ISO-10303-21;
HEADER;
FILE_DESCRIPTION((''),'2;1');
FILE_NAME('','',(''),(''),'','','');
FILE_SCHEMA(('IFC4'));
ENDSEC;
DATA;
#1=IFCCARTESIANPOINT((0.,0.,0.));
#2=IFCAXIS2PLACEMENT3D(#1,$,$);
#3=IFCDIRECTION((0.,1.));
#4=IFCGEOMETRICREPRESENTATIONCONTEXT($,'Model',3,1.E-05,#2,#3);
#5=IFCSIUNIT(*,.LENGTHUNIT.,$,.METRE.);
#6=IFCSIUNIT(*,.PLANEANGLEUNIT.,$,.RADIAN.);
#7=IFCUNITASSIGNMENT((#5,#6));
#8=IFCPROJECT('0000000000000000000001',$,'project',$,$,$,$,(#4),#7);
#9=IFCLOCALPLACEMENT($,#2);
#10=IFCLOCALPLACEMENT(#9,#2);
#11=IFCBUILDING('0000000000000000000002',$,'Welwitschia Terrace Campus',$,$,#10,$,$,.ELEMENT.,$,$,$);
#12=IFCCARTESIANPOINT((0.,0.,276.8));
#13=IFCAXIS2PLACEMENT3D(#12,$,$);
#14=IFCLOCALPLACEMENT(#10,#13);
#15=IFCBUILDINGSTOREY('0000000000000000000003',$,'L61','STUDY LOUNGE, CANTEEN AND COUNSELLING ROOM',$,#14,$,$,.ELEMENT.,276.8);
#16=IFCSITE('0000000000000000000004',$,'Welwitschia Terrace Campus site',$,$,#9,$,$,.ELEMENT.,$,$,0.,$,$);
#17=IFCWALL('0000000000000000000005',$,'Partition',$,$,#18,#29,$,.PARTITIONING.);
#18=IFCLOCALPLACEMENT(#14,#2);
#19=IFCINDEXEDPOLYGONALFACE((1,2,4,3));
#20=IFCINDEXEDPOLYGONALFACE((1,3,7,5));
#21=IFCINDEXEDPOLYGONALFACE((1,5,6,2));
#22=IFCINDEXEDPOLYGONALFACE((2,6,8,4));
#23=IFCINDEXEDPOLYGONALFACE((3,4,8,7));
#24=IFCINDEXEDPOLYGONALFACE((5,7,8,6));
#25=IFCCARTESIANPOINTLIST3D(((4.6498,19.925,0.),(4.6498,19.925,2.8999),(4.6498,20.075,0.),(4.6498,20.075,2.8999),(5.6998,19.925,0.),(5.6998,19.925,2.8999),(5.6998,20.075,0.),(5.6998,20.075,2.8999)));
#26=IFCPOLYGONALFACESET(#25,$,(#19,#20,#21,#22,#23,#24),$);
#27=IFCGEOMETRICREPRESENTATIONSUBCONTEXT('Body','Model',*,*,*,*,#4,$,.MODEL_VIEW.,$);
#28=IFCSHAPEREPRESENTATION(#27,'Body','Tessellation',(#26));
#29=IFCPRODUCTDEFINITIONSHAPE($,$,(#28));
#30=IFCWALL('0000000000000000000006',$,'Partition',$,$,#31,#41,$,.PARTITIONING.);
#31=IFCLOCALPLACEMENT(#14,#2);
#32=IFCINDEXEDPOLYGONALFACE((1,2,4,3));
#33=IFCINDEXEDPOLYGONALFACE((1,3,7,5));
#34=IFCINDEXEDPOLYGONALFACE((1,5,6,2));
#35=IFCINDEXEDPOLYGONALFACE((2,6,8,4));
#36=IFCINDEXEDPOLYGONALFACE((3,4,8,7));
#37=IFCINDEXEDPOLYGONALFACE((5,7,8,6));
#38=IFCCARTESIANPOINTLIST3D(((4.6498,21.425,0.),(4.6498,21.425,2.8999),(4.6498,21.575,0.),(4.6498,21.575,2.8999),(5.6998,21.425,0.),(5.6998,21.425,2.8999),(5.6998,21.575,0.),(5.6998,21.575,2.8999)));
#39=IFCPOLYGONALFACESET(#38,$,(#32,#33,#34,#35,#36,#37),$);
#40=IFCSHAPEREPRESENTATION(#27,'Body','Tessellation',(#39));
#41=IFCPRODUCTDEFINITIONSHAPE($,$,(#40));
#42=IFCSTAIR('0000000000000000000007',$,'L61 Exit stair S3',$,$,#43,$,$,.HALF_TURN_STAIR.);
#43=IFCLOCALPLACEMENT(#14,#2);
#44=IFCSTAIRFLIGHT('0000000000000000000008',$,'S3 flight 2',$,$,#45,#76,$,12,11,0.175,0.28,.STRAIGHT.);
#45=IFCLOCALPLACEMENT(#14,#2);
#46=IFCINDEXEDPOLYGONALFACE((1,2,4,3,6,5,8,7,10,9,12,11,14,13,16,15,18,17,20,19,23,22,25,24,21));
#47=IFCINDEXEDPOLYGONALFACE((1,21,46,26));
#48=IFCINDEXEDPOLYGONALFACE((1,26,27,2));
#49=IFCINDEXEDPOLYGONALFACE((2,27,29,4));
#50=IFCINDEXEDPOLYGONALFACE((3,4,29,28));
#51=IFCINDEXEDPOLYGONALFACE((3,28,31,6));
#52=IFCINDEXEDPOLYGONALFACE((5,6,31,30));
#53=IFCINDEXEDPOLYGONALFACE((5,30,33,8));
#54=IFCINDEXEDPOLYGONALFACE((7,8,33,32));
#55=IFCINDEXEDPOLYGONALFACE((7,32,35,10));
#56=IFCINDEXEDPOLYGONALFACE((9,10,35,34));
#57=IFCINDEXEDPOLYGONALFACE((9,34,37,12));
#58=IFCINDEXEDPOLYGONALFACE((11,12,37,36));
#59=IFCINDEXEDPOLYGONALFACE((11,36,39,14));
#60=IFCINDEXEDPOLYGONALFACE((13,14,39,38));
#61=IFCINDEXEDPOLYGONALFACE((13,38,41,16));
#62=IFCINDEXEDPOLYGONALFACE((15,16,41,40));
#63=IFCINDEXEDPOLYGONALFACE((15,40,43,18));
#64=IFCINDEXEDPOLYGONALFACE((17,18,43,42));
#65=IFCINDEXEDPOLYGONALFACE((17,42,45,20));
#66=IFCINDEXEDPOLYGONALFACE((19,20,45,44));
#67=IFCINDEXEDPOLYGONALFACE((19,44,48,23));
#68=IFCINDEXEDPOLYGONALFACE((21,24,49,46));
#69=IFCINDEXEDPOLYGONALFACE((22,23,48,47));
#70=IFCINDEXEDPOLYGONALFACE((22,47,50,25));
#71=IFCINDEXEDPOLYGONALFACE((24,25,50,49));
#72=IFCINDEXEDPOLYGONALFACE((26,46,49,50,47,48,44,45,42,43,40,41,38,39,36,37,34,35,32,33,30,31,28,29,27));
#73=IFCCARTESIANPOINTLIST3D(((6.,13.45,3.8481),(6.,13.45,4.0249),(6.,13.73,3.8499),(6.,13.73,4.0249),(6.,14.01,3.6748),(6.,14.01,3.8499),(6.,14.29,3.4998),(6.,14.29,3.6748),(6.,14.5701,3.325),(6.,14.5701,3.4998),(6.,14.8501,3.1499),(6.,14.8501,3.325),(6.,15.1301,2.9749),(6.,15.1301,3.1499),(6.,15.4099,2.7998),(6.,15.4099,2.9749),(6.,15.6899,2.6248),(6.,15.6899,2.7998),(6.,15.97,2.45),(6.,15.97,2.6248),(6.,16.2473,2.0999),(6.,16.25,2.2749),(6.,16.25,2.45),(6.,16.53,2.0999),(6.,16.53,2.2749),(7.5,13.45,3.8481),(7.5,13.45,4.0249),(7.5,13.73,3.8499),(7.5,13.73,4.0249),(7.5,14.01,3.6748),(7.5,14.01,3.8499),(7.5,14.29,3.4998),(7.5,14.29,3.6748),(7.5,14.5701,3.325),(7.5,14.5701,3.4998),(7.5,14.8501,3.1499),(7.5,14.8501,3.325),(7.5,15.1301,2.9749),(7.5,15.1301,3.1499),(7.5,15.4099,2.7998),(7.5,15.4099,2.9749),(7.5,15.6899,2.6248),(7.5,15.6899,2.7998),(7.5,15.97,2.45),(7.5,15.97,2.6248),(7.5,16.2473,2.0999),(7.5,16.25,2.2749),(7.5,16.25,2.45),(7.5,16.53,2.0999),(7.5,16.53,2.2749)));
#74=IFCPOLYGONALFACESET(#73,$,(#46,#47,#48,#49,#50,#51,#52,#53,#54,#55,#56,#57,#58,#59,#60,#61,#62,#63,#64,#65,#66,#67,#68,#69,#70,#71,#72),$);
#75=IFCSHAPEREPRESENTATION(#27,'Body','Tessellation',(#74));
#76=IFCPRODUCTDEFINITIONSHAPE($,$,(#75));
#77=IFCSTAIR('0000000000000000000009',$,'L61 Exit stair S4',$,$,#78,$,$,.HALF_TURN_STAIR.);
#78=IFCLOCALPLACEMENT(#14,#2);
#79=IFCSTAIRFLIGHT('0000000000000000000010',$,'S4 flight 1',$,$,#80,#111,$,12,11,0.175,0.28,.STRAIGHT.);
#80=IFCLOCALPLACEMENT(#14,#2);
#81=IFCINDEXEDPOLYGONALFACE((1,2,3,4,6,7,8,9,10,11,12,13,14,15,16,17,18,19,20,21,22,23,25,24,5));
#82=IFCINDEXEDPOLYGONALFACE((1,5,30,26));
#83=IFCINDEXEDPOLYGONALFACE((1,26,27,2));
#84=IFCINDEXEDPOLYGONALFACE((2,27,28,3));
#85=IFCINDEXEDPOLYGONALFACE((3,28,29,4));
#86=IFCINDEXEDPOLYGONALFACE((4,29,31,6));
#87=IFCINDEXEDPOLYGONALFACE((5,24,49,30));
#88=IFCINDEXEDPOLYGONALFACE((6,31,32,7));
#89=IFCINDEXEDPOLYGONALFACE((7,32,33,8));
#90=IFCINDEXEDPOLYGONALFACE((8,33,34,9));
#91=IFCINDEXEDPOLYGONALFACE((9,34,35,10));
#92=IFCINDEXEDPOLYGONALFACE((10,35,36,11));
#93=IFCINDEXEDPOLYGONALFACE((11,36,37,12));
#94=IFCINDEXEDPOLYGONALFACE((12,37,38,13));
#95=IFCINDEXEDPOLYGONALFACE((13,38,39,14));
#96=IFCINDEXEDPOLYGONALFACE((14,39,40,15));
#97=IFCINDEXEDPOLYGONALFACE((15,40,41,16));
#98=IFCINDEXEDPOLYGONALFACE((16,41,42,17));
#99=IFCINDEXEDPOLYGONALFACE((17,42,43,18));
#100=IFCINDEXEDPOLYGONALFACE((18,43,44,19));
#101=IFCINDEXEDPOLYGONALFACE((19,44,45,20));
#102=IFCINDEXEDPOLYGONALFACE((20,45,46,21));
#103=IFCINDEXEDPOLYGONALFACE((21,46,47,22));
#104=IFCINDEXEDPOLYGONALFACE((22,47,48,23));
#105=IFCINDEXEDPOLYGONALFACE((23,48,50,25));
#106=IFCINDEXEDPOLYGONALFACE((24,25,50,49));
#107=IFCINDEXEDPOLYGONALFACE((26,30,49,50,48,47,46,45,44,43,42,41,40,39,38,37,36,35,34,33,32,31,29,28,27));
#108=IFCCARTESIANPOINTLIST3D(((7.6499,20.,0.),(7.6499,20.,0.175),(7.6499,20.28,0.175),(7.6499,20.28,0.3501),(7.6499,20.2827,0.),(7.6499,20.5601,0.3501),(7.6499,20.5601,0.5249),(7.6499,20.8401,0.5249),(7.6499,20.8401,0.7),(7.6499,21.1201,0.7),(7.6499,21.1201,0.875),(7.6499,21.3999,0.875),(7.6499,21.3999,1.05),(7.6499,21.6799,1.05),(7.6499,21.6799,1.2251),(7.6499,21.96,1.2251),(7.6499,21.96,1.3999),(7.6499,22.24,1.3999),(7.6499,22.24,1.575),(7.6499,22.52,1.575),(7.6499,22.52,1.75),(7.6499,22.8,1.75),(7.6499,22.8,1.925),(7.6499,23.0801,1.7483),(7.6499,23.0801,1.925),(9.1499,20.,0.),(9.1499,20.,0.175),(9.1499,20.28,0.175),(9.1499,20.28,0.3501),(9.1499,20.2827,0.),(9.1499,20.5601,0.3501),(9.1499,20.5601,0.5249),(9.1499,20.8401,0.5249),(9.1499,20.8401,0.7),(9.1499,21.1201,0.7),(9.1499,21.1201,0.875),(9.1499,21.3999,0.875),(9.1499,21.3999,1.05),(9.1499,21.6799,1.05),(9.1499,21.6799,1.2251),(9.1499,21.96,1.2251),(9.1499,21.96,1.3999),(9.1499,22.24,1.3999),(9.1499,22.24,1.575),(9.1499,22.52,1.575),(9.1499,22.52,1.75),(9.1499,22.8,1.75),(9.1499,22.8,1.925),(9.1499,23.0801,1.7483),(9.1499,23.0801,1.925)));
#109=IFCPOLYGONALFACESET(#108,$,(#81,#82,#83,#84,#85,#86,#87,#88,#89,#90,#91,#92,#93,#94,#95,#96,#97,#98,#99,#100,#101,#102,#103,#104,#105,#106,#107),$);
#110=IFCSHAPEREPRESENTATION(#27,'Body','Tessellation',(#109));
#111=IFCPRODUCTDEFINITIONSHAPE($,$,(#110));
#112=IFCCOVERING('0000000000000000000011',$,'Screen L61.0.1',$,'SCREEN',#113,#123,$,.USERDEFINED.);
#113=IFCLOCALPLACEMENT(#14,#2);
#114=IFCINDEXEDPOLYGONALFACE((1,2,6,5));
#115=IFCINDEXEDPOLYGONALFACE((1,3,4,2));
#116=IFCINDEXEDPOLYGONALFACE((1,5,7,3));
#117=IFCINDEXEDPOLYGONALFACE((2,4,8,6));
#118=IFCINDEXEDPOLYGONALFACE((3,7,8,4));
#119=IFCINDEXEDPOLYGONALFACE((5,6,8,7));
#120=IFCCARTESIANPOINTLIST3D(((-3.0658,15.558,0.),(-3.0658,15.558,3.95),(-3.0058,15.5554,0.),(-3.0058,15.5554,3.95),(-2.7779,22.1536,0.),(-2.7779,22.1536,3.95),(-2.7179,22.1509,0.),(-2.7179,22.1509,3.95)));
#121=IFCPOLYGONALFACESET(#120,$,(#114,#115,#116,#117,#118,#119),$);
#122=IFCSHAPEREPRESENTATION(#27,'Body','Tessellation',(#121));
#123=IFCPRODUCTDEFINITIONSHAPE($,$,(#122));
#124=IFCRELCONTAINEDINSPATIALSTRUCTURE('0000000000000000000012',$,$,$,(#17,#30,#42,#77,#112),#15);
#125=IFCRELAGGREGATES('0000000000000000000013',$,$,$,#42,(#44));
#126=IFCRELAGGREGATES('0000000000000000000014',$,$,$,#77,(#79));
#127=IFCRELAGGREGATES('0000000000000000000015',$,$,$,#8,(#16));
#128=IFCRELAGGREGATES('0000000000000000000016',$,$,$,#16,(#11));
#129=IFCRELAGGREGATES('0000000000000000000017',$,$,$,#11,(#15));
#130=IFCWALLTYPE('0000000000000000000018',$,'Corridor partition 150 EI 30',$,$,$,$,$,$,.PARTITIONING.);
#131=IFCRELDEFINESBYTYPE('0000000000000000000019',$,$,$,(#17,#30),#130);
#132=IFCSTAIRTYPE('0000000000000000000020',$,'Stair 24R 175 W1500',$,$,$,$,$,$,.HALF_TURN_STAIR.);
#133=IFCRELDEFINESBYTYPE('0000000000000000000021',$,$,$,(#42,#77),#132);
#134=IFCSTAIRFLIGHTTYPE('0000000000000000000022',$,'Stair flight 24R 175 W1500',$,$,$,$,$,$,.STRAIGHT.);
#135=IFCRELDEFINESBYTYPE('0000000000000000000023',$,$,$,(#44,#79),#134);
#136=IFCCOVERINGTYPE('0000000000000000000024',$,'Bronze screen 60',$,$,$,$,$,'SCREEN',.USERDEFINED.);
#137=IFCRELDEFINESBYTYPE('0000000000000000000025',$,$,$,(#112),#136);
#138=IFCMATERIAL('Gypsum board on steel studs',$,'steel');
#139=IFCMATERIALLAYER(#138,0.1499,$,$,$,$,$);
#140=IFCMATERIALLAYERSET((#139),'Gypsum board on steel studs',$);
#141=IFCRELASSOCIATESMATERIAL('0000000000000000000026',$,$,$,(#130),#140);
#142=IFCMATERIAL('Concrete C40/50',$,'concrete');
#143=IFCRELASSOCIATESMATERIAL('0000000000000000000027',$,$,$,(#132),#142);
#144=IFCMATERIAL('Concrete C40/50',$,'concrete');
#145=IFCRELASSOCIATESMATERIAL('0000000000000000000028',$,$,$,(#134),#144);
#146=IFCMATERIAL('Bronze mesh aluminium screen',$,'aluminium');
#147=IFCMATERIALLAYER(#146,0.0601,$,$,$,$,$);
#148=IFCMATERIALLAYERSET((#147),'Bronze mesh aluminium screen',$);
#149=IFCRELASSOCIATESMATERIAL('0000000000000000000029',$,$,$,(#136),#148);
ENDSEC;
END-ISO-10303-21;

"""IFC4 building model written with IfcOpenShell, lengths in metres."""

from ifc_helpers import new_model, si_unit, direction, frame, frame_2d, origin, origin_2d, place, context, subcontext, project, spatial, polyline, rectangle, outline, extrude, material, layer, layer_set, type_object, element, aggregate, save


model = new_model("IFC4")

# Units and contexts
model_context = context("Model", 3, precision=1e-05, world=origin(), true_north=direction((0.0, 1.0)))
body_context = subcontext(model_context, "Body", "Model", "MODEL_VIEW")
ifc_project = project(units=[si_unit("LENGTHUNIT", "METRE"), si_unit("PLANEANGLEUNIT", "RADIAN")], contexts=[model_context])

# Site, building, storey
site_placement = place(None, origin())
site = spatial("IfcSite", under=ifc_project, at=site_placement, Name="Welwitschia Terrace Campus site", CompositionType="ELEMENT", RefElevation=0.0)
building_placement = place(site_placement, origin())
building = spatial("IfcBuilding", under=site, at=building_placement, Name="Welwitschia Terrace Campus", CompositionType="ELEMENT")
storey_placement = place(building_placement, frame((0.0, 0.0, 276.8)))
storey = spatial("IfcBuildingStorey", under=building, at=storey_placement, Name="L61", Description="STUDY LOUNGE, CANTEEN AND COUNSELLING ROOM", CompositionType="ELEMENT", Elevation=276.8)

# Walls
ifc_material_1 = material(Name="Gypsum board on steel studs", Category="steel")
ifc_layer_1 = layer(ifc_material_1, 0.1499)
ifc_layer_set_1 = layer_set([ifc_layer_1], Name="Gypsum board on steel studs")
wall_type_1 = type_object("IfcWallType", Name="Corridor partition 150 EI 30", PredefinedType="PARTITIONING", material=ifc_layer_set_1)
for number, where, z_axis, x_axis, name in (
    (1, (4.6499, 20.0, 0.0), (0.0, 0.0, 1.0), (1.0, 0.0, 0.0), "Partition"),
    (2, (4.6499, 21.5, 0.0), (0.0, 0.0, 1.0), (1.0, 0.0, 0.0), "Partition"),
):
    element("IfcWall", number, at=place(storey_placement, frame(where, z_axis=z_axis, x_axis=x_axis)), inside=storey, type_object=wall_type_1, Name=name, PredefinedType="PARTITIONING", context=body_context, shape_type="SweptSolid", body=[
        extrude(rectangle(XDim=1.05, YDim=0.1499, at=frame_2d((0.5249, 0.0))), origin(), (0.0, 0.0, 1.0), 2.8999),
    ])

# Stairs, stair flights
ifc_material_2 = material(Name="Concrete C40/50", Category="concrete")
stair_type = type_object("IfcStairType", Name="Stair 24R 175 W1500", PredefinedType="HALF_TURN_STAIR", material=ifc_material_2)
stair_1_placement = place(storey_placement, origin())
stair_1 = element("IfcStair", 3, at=stair_1_placement, inside=storey, type_object=stair_type, Name="L61 Exit stair S3", PredefinedType="HALF_TURN_STAIR")
ifc_material_3 = material(Name="Concrete C40/50", Category="concrete")
stair_flight_type = type_object("IfcStairFlightType", Name="Stair flight 24R 175 W1500", PredefinedType="STRAIGHT", material=ifc_material_3)
stair_flight_1_placement = place(storey_placement, frame((6.75, 16.53, 2.0999), z_axis=(0.0, 0.0, 1.0), x_axis=(0.0, -1.0, 0.0)))
stair_flight_1 = element("IfcStairFlight", 4, at=stair_flight_1_placement, type_object=stair_flight_type, Name="S3 flight 2", NumberOfRisers=12, NumberOfTreads=11, PredefinedType="STRAIGHT", RiserHeight=0.175, TreadLength=0.28, context=body_context, shape_type="SweptSolid", body=[
    extrude(outline(polyline([(0.0, 0.0), (0.0, 0.175), (0.28, 0.175), (0.28, 0.3501), (0.5601, 0.3501), (0.5601, 0.5249), (0.8401, 0.5249), (0.8401, 0.7), (1.1201, 0.7), (1.1201, 0.875), (1.3999, 0.875), (1.3999, 1.05), (1.6799, 1.05), (1.6799, 1.2251), (1.96, 1.2251), (1.96, 1.3999), (2.24, 1.3999), (2.24, 1.575), (2.52, 1.575), (2.52, 1.75), (2.8, 1.75), (2.8, 1.925), (3.0801, 1.925), (3.0801, 2.1001), (3.0801, 1.7483), (0.2827, 0.0), (0.0, 0.0)])), frame((0.0, 0.75, 0.0), z_axis=(0.0, -1.0, 0.0), x_axis=(1.0, 0.0, 0.0)), (0.0, 0.0, 1.0), 1.5),
])
aggregate(stair_1, [stair_flight_1])
stair_2_placement = place(storey_placement, origin())
stair_2 = element("IfcStair", 5, at=stair_2_placement, inside=storey, type_object=stair_type, Name="L61 Exit stair S4", PredefinedType="HALF_TURN_STAIR")
stair_flight_2_placement = place(storey_placement, frame((8.3999, 20.0, 0.0), z_axis=(0.0, 0.0, 1.0), x_axis=(0.0, 1.0, 0.0)))
stair_flight_2 = element("IfcStairFlight", 6, at=stair_flight_2_placement, type_object=stair_flight_type, Name="S4 flight 1", NumberOfRisers=12, NumberOfTreads=11, PredefinedType="STRAIGHT", RiserHeight=0.175, TreadLength=0.28, context=body_context, shape_type="SweptSolid", body=[
    extrude(outline(polyline([(0.0, 0.0), (0.0, 0.175), (0.28, 0.175), (0.28, 0.3501), (0.5601, 0.3501), (0.5601, 0.5249), (0.8401, 0.5249), (0.8401, 0.7), (1.1201, 0.7), (1.1201, 0.875), (1.3999, 0.875), (1.3999, 1.05), (1.6799, 1.05), (1.6799, 1.2251), (1.96, 1.2251), (1.96, 1.3999), (2.24, 1.3999), (2.24, 1.575), (2.52, 1.575), (2.52, 1.75), (2.8, 1.75), (2.8, 1.925), (3.0801, 1.925), (3.0801, 2.1001), (3.0801, 1.7483), (0.2827, 0.0), (0.0, 0.0)])), frame((0.0, 0.75, 0.0), z_axis=(0.0, -1.0, 0.0), x_axis=(1.0, 0.0, 0.0)), (0.0, 0.0, 1.0), 1.5),
])
aggregate(stair_2, [stair_flight_2])

# Covering
ifc_material_4 = material(Name="Bronze mesh aluminium screen", Category="aluminium")
ifc_layer_2 = layer(ifc_material_4, 0.0601)
ifc_layer_set_2 = layer_set([ifc_layer_2], Name="Bronze mesh aluminium screen")
covering_type = type_object("IfcCoveringType", Name="Bronze screen 60", ElementType="SCREEN", PredefinedType="USERDEFINED", material=ifc_layer_set_2)
covering_placement = place(storey_placement, frame((-2.8918, 18.8545, 0.0), z_axis=(0.0, 0.0, 1.0), x_axis=(-0.043619, -0.999048, 0.0)))
element("IfcCovering", 7, at=covering_placement, inside=storey, type_object=covering_type, Name="Screen L61.0.1", ObjectType="SCREEN", PredefinedType="USERDEFINED", context=body_context, shape_type="SweptSolid", body=[
    extrude(rectangle(XDim=6.6018, YDim=0.0601, at=origin_2d()), origin(), (0.0, 0.0, 1.0), 3.95),
])

save(model, "model.ifc")
